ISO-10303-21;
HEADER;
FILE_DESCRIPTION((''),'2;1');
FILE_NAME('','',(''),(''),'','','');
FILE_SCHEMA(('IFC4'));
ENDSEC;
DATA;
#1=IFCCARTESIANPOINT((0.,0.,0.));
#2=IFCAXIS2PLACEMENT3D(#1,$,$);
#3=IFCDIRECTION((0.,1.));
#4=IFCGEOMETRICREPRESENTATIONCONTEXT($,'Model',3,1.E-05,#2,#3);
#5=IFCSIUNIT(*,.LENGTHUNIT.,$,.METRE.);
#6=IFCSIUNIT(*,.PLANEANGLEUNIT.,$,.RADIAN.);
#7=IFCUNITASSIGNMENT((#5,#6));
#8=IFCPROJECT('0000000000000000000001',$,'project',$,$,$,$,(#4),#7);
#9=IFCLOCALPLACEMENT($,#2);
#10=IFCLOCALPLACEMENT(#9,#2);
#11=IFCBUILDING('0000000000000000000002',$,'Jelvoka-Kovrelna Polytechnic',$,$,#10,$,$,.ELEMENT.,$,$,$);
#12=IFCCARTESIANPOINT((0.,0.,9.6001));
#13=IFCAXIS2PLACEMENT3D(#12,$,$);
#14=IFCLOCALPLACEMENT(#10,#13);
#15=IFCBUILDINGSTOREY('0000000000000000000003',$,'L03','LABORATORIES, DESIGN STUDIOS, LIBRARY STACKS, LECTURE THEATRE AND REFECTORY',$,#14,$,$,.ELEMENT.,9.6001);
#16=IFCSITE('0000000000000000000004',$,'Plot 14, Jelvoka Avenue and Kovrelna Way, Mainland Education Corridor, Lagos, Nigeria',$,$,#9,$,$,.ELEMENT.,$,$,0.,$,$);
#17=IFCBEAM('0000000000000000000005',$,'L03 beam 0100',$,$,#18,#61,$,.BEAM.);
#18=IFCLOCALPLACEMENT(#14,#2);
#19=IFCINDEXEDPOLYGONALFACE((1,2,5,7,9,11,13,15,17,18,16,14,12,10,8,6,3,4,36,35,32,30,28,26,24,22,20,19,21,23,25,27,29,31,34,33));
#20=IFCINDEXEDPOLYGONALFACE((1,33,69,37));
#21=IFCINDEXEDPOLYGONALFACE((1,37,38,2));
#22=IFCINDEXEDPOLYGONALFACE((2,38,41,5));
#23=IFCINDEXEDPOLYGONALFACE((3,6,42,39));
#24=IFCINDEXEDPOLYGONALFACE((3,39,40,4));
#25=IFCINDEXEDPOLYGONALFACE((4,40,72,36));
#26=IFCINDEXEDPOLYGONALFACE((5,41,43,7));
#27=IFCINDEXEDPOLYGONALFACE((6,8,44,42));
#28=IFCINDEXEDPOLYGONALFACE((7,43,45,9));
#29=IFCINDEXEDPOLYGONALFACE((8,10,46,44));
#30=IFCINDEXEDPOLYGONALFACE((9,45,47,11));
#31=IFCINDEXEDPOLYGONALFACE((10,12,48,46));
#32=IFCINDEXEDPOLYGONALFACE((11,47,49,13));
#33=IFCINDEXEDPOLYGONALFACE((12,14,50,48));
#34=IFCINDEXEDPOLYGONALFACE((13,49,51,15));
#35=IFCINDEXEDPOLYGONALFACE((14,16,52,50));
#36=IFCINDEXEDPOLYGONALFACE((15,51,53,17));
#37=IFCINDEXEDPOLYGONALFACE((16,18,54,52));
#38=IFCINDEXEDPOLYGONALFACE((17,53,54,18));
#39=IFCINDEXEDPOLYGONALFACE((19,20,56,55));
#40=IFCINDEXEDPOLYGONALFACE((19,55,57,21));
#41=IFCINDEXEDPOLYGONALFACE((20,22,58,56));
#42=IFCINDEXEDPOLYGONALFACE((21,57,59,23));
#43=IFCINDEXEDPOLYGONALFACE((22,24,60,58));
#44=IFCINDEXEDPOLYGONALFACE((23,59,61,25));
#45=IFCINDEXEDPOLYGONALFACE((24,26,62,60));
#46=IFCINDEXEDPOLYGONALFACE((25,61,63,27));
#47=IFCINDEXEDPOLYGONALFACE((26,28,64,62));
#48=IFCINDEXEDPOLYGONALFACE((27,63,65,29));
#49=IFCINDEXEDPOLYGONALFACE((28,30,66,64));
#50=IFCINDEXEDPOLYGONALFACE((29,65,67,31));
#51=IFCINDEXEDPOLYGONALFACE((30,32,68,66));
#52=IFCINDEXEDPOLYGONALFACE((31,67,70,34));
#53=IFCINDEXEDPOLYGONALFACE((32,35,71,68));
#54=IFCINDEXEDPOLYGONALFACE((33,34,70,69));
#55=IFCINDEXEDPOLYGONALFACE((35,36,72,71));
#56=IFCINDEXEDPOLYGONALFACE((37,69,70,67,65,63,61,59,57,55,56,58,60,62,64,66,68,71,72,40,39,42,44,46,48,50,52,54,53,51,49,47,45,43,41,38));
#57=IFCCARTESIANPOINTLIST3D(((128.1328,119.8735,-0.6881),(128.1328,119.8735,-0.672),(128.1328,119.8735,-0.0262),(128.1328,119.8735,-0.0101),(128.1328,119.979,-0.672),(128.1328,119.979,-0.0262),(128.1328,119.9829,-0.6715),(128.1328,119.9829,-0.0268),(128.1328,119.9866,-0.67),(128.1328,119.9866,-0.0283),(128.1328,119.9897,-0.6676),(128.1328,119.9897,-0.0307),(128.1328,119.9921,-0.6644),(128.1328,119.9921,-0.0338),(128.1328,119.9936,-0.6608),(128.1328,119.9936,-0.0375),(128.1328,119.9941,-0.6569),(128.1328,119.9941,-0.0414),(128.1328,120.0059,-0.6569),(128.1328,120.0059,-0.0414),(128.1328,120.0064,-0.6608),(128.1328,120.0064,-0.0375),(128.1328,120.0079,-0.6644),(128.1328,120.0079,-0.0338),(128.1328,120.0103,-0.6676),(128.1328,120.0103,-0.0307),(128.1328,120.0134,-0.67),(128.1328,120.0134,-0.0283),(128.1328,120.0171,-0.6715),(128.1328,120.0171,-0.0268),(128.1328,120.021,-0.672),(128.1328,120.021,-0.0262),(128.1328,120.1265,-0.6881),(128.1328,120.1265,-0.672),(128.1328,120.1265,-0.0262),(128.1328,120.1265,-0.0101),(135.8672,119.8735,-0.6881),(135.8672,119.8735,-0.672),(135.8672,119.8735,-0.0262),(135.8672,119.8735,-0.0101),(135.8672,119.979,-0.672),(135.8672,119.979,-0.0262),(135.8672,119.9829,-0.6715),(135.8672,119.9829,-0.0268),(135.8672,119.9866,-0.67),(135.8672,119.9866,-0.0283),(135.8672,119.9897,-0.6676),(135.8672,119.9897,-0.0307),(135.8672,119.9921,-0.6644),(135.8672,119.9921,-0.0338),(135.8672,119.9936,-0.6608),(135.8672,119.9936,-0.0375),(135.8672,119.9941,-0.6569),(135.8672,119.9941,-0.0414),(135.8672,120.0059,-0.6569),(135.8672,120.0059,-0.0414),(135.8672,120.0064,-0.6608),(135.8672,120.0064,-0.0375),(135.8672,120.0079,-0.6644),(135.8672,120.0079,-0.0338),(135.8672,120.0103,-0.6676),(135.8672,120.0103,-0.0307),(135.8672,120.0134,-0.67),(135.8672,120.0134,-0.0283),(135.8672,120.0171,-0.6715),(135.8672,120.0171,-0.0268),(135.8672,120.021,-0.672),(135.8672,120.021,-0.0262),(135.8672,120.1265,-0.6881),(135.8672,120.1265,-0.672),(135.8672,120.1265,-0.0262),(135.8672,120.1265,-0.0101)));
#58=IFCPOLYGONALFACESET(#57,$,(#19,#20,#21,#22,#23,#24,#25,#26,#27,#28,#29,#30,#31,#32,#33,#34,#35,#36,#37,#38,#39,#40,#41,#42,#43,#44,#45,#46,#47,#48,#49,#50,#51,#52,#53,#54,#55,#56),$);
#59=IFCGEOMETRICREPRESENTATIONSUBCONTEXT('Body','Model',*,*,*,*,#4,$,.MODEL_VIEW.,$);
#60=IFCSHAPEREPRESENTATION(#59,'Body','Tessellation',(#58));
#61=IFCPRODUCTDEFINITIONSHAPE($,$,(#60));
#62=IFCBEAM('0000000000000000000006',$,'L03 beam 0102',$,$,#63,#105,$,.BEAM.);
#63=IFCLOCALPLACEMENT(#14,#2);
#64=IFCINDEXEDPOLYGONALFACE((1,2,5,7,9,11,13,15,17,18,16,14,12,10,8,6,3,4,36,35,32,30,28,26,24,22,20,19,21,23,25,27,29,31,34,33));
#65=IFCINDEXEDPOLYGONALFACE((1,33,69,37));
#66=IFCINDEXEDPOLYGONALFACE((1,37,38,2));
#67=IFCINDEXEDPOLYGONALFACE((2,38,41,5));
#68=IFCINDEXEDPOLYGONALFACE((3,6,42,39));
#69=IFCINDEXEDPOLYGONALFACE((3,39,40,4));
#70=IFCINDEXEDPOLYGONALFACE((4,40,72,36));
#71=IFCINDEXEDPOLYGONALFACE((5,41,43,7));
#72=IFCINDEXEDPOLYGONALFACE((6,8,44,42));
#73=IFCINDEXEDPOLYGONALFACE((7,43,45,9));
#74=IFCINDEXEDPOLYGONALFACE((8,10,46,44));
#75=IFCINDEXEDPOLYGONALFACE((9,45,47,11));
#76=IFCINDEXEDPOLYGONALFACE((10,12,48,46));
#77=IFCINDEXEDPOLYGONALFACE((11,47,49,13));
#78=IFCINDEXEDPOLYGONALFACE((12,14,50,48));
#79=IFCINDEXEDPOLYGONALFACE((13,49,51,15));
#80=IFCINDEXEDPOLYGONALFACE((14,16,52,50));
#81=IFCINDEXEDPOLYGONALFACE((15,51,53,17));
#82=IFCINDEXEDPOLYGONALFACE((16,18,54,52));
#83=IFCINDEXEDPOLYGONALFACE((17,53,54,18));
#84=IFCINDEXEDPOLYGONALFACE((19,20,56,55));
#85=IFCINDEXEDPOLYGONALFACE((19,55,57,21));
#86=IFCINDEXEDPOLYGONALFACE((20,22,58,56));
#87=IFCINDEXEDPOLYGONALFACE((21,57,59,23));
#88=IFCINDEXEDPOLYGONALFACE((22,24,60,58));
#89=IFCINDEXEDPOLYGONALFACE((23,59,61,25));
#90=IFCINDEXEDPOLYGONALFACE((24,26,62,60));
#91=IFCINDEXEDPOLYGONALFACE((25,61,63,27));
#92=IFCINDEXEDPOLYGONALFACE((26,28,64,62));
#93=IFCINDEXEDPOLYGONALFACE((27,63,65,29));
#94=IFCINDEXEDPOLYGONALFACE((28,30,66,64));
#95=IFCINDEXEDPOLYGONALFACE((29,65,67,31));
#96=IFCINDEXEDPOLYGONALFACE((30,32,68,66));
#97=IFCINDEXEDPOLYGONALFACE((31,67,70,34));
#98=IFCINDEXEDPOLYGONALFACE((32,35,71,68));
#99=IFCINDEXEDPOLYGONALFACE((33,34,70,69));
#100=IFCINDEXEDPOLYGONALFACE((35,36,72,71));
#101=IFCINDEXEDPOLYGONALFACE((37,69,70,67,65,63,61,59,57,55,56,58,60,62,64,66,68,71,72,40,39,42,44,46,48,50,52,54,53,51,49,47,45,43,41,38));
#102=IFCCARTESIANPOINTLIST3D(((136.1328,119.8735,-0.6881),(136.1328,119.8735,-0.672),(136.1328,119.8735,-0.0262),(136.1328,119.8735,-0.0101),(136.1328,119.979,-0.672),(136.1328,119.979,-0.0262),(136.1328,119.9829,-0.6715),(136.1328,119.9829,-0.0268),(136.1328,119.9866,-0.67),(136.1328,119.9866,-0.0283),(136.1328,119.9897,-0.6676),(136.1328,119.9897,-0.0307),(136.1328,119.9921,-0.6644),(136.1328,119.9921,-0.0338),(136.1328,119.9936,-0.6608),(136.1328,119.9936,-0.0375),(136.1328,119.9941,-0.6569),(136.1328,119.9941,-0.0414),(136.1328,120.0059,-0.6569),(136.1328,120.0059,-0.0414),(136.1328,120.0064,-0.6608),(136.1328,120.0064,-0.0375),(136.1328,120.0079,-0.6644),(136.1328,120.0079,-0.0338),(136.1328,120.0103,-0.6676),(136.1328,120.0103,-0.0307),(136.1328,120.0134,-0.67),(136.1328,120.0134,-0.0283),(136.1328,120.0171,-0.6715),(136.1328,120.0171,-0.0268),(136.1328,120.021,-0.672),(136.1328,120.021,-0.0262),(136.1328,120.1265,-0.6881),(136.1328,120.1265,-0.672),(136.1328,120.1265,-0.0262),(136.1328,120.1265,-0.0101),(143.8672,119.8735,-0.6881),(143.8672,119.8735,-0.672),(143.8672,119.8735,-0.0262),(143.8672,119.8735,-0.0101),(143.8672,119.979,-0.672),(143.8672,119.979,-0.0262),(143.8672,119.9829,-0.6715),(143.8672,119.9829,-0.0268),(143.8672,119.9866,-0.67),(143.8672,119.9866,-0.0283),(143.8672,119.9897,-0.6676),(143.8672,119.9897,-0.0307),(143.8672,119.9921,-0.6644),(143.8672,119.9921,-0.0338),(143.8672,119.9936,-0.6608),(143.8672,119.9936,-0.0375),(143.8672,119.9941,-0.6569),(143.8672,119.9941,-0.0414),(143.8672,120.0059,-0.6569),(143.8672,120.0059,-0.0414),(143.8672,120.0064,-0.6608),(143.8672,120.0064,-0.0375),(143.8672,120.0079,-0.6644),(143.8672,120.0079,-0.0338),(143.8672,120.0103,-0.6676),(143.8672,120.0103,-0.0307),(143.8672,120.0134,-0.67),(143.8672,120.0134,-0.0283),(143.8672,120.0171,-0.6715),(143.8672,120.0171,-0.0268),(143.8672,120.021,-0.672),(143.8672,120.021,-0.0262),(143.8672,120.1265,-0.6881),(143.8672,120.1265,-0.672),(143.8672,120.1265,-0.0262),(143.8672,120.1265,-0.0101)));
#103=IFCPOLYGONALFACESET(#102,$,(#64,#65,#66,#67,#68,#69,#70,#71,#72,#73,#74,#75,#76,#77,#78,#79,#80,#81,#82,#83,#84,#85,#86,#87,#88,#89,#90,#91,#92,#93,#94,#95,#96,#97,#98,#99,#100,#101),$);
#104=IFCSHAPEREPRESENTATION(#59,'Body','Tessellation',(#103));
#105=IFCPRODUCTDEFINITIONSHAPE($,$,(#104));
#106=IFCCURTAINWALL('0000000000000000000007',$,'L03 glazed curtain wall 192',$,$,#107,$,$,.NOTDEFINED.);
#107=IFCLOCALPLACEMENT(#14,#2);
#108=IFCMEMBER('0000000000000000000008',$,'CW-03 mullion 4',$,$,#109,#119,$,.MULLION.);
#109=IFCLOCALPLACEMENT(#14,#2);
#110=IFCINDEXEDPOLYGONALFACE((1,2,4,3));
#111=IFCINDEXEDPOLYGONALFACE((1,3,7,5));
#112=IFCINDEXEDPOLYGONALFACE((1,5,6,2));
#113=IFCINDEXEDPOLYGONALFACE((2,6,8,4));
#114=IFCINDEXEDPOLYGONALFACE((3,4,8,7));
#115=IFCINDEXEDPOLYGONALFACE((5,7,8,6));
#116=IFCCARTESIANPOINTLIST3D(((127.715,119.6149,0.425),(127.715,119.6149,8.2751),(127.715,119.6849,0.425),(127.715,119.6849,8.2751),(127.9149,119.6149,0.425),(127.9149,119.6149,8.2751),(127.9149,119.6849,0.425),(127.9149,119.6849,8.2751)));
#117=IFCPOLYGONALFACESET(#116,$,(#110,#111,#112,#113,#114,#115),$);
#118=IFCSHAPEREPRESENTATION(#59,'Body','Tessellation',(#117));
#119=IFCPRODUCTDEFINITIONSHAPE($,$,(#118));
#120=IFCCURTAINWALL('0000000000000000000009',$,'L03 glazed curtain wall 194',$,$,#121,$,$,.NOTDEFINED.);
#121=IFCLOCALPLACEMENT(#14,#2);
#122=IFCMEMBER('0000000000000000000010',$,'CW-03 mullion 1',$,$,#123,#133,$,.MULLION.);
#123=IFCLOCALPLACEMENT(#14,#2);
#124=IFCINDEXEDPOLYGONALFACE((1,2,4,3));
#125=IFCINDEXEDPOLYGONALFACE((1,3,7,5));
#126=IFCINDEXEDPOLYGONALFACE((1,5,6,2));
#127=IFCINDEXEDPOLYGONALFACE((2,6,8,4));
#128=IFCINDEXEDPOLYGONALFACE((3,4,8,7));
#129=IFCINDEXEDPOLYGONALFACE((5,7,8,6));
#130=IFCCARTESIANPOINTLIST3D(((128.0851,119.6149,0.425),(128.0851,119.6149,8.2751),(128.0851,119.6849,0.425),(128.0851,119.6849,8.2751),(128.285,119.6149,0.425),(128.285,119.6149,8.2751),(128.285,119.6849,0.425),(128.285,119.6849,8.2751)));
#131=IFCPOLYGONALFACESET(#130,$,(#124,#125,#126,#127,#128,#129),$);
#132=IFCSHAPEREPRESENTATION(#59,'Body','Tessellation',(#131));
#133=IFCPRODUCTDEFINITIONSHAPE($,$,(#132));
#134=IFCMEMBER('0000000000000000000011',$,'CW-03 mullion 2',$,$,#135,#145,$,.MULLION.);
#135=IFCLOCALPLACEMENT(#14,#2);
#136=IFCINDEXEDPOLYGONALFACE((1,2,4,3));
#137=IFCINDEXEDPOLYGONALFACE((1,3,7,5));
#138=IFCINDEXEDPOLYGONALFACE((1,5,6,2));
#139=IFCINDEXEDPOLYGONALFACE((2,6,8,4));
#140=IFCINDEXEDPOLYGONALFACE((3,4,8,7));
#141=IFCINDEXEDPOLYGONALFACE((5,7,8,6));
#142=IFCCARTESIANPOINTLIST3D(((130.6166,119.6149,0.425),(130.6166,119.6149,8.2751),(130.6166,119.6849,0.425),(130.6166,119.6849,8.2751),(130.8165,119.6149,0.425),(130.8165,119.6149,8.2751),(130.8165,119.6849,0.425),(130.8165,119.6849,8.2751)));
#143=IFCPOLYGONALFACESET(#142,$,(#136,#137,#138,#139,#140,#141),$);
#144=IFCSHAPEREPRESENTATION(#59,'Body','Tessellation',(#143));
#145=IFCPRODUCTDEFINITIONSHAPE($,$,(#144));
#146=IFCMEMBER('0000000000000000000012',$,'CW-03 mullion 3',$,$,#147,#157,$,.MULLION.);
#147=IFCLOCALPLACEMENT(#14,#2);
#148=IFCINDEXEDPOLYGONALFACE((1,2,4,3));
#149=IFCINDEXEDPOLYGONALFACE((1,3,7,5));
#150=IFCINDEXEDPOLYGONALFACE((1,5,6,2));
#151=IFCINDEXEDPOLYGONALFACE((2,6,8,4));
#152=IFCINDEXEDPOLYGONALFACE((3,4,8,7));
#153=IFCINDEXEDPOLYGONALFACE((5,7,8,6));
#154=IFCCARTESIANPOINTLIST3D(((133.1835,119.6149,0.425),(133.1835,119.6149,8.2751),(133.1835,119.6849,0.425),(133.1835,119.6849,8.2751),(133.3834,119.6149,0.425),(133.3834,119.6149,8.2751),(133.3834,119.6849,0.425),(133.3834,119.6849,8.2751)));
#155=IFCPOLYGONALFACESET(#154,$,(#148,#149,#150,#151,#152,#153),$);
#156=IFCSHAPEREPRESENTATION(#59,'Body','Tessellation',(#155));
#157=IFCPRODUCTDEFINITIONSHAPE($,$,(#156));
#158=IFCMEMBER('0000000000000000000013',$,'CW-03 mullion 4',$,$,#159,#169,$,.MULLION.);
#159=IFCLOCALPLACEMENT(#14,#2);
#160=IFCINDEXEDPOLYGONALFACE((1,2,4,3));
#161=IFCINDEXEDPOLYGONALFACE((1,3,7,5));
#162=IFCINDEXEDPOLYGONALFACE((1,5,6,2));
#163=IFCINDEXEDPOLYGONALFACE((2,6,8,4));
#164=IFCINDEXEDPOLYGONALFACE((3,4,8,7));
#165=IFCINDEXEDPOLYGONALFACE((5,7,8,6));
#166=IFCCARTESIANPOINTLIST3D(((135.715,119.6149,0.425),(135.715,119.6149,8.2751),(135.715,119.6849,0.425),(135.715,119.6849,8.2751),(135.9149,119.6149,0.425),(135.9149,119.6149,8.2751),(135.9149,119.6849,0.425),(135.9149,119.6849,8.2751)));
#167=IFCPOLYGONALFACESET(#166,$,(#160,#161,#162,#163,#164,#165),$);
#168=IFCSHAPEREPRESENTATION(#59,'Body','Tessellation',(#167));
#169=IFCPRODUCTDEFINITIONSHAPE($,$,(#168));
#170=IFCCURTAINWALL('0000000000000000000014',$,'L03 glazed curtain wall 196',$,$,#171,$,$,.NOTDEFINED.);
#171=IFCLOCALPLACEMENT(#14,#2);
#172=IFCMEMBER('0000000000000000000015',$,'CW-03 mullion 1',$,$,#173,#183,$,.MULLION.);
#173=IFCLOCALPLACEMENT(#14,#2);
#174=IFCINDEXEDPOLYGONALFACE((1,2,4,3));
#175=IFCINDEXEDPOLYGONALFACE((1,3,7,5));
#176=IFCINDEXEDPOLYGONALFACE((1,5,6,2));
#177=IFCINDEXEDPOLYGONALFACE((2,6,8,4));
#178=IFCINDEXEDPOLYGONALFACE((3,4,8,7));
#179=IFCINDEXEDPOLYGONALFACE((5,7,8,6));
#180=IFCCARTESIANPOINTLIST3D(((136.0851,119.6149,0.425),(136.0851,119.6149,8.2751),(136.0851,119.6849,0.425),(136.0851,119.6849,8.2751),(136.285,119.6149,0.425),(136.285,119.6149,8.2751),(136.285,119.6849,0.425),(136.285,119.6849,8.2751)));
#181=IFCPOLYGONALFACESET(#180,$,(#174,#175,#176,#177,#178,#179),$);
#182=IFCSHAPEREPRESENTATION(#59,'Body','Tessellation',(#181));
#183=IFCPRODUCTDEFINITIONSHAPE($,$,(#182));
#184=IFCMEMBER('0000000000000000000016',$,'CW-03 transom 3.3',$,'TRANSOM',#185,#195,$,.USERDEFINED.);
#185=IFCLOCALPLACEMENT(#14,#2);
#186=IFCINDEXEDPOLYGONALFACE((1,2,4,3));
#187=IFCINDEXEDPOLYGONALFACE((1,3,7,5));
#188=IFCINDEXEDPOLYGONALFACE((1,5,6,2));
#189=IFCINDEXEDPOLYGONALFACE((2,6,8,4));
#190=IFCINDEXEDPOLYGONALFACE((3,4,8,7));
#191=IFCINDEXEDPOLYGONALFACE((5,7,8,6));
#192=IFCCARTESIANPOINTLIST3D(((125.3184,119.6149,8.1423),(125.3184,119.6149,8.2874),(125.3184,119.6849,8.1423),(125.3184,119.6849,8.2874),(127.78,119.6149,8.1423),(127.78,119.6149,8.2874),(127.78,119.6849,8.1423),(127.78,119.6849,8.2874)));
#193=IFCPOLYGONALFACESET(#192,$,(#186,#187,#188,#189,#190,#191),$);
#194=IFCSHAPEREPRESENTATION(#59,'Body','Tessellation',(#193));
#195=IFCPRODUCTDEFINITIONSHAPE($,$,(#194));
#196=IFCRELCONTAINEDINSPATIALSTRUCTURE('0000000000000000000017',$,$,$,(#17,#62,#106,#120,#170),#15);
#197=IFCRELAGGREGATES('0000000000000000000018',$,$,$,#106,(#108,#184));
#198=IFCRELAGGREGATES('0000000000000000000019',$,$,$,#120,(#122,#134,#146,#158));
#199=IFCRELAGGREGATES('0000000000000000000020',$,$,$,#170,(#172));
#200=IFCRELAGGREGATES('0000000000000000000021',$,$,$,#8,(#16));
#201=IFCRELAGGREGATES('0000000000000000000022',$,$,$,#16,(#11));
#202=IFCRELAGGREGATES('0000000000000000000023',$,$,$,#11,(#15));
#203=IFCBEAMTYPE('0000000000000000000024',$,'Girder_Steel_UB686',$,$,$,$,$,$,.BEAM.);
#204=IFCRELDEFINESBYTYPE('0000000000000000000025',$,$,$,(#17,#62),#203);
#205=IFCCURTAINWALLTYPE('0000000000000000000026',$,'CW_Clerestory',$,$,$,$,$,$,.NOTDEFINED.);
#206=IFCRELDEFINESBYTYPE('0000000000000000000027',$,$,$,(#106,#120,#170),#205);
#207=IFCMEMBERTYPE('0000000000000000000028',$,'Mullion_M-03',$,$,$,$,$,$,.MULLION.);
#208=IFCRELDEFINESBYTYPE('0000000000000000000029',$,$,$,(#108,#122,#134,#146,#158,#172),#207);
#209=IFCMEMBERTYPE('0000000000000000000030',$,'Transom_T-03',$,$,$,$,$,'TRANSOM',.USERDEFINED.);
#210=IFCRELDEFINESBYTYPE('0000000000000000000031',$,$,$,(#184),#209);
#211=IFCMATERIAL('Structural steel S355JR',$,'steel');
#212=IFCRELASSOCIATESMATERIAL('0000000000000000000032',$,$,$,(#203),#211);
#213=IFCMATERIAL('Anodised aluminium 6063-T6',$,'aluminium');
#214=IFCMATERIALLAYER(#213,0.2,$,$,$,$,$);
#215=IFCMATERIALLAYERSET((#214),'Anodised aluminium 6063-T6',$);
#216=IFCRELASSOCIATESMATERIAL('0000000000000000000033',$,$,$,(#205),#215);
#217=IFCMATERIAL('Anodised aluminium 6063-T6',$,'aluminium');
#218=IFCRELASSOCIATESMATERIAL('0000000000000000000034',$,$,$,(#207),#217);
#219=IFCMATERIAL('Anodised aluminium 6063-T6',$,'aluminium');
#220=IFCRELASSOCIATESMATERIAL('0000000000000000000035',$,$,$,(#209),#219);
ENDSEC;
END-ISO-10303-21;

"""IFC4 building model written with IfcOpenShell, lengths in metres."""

from ifc_helpers import new_model, si_unit, direction, frame, origin, origin_2d, place, context, subcontext, project, spatial, rectangle, i_section, extrude, material, layer, layer_set, material_profile, profile_set, type_object, element, aggregate, save


model = new_model("IFC4")

# Units and contexts
model_context = context("Model", 3, precision=1e-05, world=origin(), true_north=direction((0.0, 1.0)))
body_context = subcontext(model_context, "Body", "Model", "MODEL_VIEW")
ifc_project = project(units=[si_unit("LENGTHUNIT", "METRE"), si_unit("PLANEANGLEUNIT", "RADIAN")], contexts=[model_context])

# Site, building, storey
site_placement = place(None, origin())
site = spatial("IfcSite", under=ifc_project, at=site_placement, Name="Plot 14, Jelvoka Avenue and Kovrelna Way, Mainland Education Corridor, Lagos, Nigeria", CompositionType="ELEMENT", RefElevation=0.0)
building_placement = place(site_placement, origin())
building = spatial("IfcBuilding", under=site, at=building_placement, Name="Jelvoka-Kovrelna Polytechnic", CompositionType="ELEMENT")
storey_placement = place(building_placement, frame((0.0, 0.0, 9.6001)))
storey = spatial("IfcBuildingStorey", under=building, at=storey_placement, Name="L03", Description="LABORATORIES, DESIGN STUDIOS, LIBRARY STACKS, LECTURE THEATRE AND REFECTORY", CompositionType="ELEMENT", Elevation=9.6001)

# Beams
ifc_material_1 = material(Name="Structural steel S355JR", Category="steel")
ifc_material_profile_1 = material_profile(ifc_material_1, i_section(OverallWidth=0.2529, OverallDepth=0.678, WebThickness=0.0117, FlangeThickness=0.0161, FilletRadius=0.0151, at=origin_2d()), Name="686x254x125 UB")
ifc_profile_set_1 = profile_set([ifc_material_profile_1], Name="Structural steel S355JR")
beam_type = type_object("IfcBeamType", Name="Girder_Steel_UB686", PredefinedType="BEAM", material=ifc_profile_set_1)
for number, where, z_axis, x_axis, name in (
    (1, (128.1328, 120.0, -0.3491), (1.0, 0.0, 0.0), (0.0, 1.0, 0.0), "L03 beam 0100"),
    (2, (136.1328, 120.0, -0.3491), (1.0, 0.0, 0.0), (0.0, 1.0, 0.0), "L03 beam 0102"),
):
    element("IfcBeam", number, at=place(storey_placement, frame(where, z_axis=z_axis, x_axis=x_axis)), inside=storey, type_object=beam_type, Name=name, PredefinedType="BEAM", context=body_context, shape_type="SweptSolid", body=[
        extrude(i_section(OverallWidth=0.2529, OverallDepth=0.678, WebThickness=0.0117, FlangeThickness=0.0161, FilletRadius=0.0151, at=origin_2d()), origin(), (0.0, 0.0, 1.0), 7.7344),
    ])

# Curtain wall, member
ifc_material_2 = material(Name="Anodised aluminium 6063-T6", Category="aluminium")
ifc_layer_1 = layer(ifc_material_2, 0.2)
ifc_layer_set_1 = layer_set([ifc_layer_1], Name="Anodised aluminium 6063-T6")
curtain_wall_type = type_object("IfcCurtainWallType", Name="CW_Clerestory", PredefinedType="NOTDEFINED", material=ifc_layer_set_1)
curtain_wall_1_placement = place(storey_placement, origin())
curtain_wall_1 = element("IfcCurtainWall", 3, at=curtain_wall_1_placement, inside=storey, type_object=curtain_wall_type, Name="L03 glazed curtain wall 192", PredefinedType="NOTDEFINED")
ifc_material_3 = material(Name="Anodised aluminium 6063-T6", Category="aluminium")
ifc_material_profile_2 = material_profile(ifc_material_3, rectangle(XDim=0.0701, YDim=0.2, at=origin_2d()), Name="ALU 70x200")
ifc_profile_set_2 = profile_set([ifc_material_profile_2], Name="Anodised aluminium 6063-T6")
member_type_1 = type_object("IfcMemberType", Name="Mullion_M-03", PredefinedType="MULLION", material=ifc_profile_set_2)
member_1_placement = place(storey_placement, frame((127.8149, 119.6499, 0.425), z_axis=(0.0, 0.0, 1.0), x_axis=(0.0, 1.0, 0.0)))
member_1 = element("IfcMember", 4, at=member_1_placement, type_object=member_type_1, Name="CW-03 mullion 4", PredefinedType="MULLION", context=body_context, shape_type="SweptSolid", body=[
    extrude(rectangle(XDim=0.0701, YDim=0.2, at=origin_2d()), origin(), (0.0, 0.0, 1.0), 7.8501),
])

# Curtain wall, members
curtain_wall_2_placement = place(storey_placement, origin())
curtain_wall_2 = element("IfcCurtainWall", 5, at=curtain_wall_2_placement, inside=storey, type_object=curtain_wall_type, Name="L03 glazed curtain wall 194", PredefinedType="NOTDEFINED")
member_2_placement = place(storey_placement, frame((128.1851, 119.6499, 0.425), z_axis=(0.0, 0.0, 1.0), x_axis=(0.0, 1.0, 0.0)))
member_2 = element("IfcMember", 6, at=member_2_placement, type_object=member_type_1, Name="CW-03 mullion 1", PredefinedType="MULLION", context=body_context, shape_type="SweptSolid", body=[
    extrude(rectangle(XDim=0.0701, YDim=0.2, at=origin_2d()), origin(), (0.0, 0.0, 1.0), 7.8501),
])
member_3_placement = place(storey_placement, frame((130.7166, 119.6499, 0.425), z_axis=(0.0, 0.0, 1.0), x_axis=(0.0, 1.0, 0.0)))
member_3 = element("IfcMember", 7, at=member_3_placement, type_object=member_type_1, Name="CW-03 mullion 2", PredefinedType="MULLION", context=body_context, shape_type="SweptSolid", body=[
    extrude(rectangle(XDim=0.0701, YDim=0.2, at=origin_2d()), origin(), (0.0, 0.0, 1.0), 7.8501),
])
member_4_placement = place(storey_placement, frame((133.2834, 119.6499, 0.425), z_axis=(0.0, 0.0, 1.0), x_axis=(0.0, 1.0, 0.0)))
member_4 = element("IfcMember", 8, at=member_4_placement, type_object=member_type_1, Name="CW-03 mullion 3", PredefinedType="MULLION", context=body_context, shape_type="SweptSolid", body=[
    extrude(rectangle(XDim=0.0701, YDim=0.2, at=origin_2d()), origin(), (0.0, 0.0, 1.0), 7.8501),
])
member_5_placement = place(storey_placement, frame((135.8149, 119.6499, 0.425), z_axis=(0.0, 0.0, 1.0), x_axis=(0.0, 1.0, 0.0)))
member_5 = element("IfcMember", 9, at=member_5_placement, type_object=member_type_1, Name="CW-03 mullion 4", PredefinedType="MULLION", context=body_context, shape_type="SweptSolid", body=[
    extrude(rectangle(XDim=0.0701, YDim=0.2, at=origin_2d()), origin(), (0.0, 0.0, 1.0), 7.8501),
])

# Curtain wall, member
curtain_wall_3_placement = place(storey_placement, origin())
curtain_wall_3 = element("IfcCurtainWall", 10, at=curtain_wall_3_placement, inside=storey, type_object=curtain_wall_type, Name="L03 glazed curtain wall 196", PredefinedType="NOTDEFINED")
member_6_placement = place(storey_placement, frame((136.1851, 119.6499, 0.425), z_axis=(0.0, 0.0, 1.0), x_axis=(0.0, 1.0, 0.0)))
member_6 = element("IfcMember", 11, at=member_6_placement, type_object=member_type_1, Name="CW-03 mullion 1", PredefinedType="MULLION", context=body_context, shape_type="SweptSolid", body=[
    extrude(rectangle(XDim=0.0701, YDim=0.2, at=origin_2d()), origin(), (0.0, 0.0, 1.0), 7.8501),
])

# Member
ifc_material_4 = material(Name="Anodised aluminium 6063-T6", Category="aluminium")
ifc_material_profile_3 = material_profile(ifc_material_4, rectangle(XDim=0.0701, YDim=0.145, at=origin_2d()), Name="ALU 70x145")
ifc_profile_set_3 = profile_set([ifc_material_profile_3], Name="Anodised aluminium 6063-T6")
member_type_2 = type_object("IfcMemberType", Name="Transom_T-03", ElementType="TRANSOM", PredefinedType="USERDEFINED", material=ifc_profile_set_3)
member_7_placement = place(storey_placement, frame((125.3184, 119.6499, 8.2148), z_axis=(1.0, 0.0, 0.0), x_axis=(0.0, 1.0, 0.0)))
member_7 = element("IfcMember", 12, at=member_7_placement, type_object=member_type_2, Name="CW-03 transom 3.3", ObjectType="TRANSOM", PredefinedType="USERDEFINED", context=body_context, shape_type="SweptSolid", body=[
    extrude(rectangle(XDim=0.0701, YDim=0.145, at=origin_2d()), origin(), (0.0, 0.0, 1.0), 2.4617),
])

aggregate(curtain_wall_1, [member_1, member_7])
aggregate(curtain_wall_2, [member_2, member_3, member_4, member_5])
aggregate(curtain_wall_3, [member_6])

save(model, "model.ifc")
